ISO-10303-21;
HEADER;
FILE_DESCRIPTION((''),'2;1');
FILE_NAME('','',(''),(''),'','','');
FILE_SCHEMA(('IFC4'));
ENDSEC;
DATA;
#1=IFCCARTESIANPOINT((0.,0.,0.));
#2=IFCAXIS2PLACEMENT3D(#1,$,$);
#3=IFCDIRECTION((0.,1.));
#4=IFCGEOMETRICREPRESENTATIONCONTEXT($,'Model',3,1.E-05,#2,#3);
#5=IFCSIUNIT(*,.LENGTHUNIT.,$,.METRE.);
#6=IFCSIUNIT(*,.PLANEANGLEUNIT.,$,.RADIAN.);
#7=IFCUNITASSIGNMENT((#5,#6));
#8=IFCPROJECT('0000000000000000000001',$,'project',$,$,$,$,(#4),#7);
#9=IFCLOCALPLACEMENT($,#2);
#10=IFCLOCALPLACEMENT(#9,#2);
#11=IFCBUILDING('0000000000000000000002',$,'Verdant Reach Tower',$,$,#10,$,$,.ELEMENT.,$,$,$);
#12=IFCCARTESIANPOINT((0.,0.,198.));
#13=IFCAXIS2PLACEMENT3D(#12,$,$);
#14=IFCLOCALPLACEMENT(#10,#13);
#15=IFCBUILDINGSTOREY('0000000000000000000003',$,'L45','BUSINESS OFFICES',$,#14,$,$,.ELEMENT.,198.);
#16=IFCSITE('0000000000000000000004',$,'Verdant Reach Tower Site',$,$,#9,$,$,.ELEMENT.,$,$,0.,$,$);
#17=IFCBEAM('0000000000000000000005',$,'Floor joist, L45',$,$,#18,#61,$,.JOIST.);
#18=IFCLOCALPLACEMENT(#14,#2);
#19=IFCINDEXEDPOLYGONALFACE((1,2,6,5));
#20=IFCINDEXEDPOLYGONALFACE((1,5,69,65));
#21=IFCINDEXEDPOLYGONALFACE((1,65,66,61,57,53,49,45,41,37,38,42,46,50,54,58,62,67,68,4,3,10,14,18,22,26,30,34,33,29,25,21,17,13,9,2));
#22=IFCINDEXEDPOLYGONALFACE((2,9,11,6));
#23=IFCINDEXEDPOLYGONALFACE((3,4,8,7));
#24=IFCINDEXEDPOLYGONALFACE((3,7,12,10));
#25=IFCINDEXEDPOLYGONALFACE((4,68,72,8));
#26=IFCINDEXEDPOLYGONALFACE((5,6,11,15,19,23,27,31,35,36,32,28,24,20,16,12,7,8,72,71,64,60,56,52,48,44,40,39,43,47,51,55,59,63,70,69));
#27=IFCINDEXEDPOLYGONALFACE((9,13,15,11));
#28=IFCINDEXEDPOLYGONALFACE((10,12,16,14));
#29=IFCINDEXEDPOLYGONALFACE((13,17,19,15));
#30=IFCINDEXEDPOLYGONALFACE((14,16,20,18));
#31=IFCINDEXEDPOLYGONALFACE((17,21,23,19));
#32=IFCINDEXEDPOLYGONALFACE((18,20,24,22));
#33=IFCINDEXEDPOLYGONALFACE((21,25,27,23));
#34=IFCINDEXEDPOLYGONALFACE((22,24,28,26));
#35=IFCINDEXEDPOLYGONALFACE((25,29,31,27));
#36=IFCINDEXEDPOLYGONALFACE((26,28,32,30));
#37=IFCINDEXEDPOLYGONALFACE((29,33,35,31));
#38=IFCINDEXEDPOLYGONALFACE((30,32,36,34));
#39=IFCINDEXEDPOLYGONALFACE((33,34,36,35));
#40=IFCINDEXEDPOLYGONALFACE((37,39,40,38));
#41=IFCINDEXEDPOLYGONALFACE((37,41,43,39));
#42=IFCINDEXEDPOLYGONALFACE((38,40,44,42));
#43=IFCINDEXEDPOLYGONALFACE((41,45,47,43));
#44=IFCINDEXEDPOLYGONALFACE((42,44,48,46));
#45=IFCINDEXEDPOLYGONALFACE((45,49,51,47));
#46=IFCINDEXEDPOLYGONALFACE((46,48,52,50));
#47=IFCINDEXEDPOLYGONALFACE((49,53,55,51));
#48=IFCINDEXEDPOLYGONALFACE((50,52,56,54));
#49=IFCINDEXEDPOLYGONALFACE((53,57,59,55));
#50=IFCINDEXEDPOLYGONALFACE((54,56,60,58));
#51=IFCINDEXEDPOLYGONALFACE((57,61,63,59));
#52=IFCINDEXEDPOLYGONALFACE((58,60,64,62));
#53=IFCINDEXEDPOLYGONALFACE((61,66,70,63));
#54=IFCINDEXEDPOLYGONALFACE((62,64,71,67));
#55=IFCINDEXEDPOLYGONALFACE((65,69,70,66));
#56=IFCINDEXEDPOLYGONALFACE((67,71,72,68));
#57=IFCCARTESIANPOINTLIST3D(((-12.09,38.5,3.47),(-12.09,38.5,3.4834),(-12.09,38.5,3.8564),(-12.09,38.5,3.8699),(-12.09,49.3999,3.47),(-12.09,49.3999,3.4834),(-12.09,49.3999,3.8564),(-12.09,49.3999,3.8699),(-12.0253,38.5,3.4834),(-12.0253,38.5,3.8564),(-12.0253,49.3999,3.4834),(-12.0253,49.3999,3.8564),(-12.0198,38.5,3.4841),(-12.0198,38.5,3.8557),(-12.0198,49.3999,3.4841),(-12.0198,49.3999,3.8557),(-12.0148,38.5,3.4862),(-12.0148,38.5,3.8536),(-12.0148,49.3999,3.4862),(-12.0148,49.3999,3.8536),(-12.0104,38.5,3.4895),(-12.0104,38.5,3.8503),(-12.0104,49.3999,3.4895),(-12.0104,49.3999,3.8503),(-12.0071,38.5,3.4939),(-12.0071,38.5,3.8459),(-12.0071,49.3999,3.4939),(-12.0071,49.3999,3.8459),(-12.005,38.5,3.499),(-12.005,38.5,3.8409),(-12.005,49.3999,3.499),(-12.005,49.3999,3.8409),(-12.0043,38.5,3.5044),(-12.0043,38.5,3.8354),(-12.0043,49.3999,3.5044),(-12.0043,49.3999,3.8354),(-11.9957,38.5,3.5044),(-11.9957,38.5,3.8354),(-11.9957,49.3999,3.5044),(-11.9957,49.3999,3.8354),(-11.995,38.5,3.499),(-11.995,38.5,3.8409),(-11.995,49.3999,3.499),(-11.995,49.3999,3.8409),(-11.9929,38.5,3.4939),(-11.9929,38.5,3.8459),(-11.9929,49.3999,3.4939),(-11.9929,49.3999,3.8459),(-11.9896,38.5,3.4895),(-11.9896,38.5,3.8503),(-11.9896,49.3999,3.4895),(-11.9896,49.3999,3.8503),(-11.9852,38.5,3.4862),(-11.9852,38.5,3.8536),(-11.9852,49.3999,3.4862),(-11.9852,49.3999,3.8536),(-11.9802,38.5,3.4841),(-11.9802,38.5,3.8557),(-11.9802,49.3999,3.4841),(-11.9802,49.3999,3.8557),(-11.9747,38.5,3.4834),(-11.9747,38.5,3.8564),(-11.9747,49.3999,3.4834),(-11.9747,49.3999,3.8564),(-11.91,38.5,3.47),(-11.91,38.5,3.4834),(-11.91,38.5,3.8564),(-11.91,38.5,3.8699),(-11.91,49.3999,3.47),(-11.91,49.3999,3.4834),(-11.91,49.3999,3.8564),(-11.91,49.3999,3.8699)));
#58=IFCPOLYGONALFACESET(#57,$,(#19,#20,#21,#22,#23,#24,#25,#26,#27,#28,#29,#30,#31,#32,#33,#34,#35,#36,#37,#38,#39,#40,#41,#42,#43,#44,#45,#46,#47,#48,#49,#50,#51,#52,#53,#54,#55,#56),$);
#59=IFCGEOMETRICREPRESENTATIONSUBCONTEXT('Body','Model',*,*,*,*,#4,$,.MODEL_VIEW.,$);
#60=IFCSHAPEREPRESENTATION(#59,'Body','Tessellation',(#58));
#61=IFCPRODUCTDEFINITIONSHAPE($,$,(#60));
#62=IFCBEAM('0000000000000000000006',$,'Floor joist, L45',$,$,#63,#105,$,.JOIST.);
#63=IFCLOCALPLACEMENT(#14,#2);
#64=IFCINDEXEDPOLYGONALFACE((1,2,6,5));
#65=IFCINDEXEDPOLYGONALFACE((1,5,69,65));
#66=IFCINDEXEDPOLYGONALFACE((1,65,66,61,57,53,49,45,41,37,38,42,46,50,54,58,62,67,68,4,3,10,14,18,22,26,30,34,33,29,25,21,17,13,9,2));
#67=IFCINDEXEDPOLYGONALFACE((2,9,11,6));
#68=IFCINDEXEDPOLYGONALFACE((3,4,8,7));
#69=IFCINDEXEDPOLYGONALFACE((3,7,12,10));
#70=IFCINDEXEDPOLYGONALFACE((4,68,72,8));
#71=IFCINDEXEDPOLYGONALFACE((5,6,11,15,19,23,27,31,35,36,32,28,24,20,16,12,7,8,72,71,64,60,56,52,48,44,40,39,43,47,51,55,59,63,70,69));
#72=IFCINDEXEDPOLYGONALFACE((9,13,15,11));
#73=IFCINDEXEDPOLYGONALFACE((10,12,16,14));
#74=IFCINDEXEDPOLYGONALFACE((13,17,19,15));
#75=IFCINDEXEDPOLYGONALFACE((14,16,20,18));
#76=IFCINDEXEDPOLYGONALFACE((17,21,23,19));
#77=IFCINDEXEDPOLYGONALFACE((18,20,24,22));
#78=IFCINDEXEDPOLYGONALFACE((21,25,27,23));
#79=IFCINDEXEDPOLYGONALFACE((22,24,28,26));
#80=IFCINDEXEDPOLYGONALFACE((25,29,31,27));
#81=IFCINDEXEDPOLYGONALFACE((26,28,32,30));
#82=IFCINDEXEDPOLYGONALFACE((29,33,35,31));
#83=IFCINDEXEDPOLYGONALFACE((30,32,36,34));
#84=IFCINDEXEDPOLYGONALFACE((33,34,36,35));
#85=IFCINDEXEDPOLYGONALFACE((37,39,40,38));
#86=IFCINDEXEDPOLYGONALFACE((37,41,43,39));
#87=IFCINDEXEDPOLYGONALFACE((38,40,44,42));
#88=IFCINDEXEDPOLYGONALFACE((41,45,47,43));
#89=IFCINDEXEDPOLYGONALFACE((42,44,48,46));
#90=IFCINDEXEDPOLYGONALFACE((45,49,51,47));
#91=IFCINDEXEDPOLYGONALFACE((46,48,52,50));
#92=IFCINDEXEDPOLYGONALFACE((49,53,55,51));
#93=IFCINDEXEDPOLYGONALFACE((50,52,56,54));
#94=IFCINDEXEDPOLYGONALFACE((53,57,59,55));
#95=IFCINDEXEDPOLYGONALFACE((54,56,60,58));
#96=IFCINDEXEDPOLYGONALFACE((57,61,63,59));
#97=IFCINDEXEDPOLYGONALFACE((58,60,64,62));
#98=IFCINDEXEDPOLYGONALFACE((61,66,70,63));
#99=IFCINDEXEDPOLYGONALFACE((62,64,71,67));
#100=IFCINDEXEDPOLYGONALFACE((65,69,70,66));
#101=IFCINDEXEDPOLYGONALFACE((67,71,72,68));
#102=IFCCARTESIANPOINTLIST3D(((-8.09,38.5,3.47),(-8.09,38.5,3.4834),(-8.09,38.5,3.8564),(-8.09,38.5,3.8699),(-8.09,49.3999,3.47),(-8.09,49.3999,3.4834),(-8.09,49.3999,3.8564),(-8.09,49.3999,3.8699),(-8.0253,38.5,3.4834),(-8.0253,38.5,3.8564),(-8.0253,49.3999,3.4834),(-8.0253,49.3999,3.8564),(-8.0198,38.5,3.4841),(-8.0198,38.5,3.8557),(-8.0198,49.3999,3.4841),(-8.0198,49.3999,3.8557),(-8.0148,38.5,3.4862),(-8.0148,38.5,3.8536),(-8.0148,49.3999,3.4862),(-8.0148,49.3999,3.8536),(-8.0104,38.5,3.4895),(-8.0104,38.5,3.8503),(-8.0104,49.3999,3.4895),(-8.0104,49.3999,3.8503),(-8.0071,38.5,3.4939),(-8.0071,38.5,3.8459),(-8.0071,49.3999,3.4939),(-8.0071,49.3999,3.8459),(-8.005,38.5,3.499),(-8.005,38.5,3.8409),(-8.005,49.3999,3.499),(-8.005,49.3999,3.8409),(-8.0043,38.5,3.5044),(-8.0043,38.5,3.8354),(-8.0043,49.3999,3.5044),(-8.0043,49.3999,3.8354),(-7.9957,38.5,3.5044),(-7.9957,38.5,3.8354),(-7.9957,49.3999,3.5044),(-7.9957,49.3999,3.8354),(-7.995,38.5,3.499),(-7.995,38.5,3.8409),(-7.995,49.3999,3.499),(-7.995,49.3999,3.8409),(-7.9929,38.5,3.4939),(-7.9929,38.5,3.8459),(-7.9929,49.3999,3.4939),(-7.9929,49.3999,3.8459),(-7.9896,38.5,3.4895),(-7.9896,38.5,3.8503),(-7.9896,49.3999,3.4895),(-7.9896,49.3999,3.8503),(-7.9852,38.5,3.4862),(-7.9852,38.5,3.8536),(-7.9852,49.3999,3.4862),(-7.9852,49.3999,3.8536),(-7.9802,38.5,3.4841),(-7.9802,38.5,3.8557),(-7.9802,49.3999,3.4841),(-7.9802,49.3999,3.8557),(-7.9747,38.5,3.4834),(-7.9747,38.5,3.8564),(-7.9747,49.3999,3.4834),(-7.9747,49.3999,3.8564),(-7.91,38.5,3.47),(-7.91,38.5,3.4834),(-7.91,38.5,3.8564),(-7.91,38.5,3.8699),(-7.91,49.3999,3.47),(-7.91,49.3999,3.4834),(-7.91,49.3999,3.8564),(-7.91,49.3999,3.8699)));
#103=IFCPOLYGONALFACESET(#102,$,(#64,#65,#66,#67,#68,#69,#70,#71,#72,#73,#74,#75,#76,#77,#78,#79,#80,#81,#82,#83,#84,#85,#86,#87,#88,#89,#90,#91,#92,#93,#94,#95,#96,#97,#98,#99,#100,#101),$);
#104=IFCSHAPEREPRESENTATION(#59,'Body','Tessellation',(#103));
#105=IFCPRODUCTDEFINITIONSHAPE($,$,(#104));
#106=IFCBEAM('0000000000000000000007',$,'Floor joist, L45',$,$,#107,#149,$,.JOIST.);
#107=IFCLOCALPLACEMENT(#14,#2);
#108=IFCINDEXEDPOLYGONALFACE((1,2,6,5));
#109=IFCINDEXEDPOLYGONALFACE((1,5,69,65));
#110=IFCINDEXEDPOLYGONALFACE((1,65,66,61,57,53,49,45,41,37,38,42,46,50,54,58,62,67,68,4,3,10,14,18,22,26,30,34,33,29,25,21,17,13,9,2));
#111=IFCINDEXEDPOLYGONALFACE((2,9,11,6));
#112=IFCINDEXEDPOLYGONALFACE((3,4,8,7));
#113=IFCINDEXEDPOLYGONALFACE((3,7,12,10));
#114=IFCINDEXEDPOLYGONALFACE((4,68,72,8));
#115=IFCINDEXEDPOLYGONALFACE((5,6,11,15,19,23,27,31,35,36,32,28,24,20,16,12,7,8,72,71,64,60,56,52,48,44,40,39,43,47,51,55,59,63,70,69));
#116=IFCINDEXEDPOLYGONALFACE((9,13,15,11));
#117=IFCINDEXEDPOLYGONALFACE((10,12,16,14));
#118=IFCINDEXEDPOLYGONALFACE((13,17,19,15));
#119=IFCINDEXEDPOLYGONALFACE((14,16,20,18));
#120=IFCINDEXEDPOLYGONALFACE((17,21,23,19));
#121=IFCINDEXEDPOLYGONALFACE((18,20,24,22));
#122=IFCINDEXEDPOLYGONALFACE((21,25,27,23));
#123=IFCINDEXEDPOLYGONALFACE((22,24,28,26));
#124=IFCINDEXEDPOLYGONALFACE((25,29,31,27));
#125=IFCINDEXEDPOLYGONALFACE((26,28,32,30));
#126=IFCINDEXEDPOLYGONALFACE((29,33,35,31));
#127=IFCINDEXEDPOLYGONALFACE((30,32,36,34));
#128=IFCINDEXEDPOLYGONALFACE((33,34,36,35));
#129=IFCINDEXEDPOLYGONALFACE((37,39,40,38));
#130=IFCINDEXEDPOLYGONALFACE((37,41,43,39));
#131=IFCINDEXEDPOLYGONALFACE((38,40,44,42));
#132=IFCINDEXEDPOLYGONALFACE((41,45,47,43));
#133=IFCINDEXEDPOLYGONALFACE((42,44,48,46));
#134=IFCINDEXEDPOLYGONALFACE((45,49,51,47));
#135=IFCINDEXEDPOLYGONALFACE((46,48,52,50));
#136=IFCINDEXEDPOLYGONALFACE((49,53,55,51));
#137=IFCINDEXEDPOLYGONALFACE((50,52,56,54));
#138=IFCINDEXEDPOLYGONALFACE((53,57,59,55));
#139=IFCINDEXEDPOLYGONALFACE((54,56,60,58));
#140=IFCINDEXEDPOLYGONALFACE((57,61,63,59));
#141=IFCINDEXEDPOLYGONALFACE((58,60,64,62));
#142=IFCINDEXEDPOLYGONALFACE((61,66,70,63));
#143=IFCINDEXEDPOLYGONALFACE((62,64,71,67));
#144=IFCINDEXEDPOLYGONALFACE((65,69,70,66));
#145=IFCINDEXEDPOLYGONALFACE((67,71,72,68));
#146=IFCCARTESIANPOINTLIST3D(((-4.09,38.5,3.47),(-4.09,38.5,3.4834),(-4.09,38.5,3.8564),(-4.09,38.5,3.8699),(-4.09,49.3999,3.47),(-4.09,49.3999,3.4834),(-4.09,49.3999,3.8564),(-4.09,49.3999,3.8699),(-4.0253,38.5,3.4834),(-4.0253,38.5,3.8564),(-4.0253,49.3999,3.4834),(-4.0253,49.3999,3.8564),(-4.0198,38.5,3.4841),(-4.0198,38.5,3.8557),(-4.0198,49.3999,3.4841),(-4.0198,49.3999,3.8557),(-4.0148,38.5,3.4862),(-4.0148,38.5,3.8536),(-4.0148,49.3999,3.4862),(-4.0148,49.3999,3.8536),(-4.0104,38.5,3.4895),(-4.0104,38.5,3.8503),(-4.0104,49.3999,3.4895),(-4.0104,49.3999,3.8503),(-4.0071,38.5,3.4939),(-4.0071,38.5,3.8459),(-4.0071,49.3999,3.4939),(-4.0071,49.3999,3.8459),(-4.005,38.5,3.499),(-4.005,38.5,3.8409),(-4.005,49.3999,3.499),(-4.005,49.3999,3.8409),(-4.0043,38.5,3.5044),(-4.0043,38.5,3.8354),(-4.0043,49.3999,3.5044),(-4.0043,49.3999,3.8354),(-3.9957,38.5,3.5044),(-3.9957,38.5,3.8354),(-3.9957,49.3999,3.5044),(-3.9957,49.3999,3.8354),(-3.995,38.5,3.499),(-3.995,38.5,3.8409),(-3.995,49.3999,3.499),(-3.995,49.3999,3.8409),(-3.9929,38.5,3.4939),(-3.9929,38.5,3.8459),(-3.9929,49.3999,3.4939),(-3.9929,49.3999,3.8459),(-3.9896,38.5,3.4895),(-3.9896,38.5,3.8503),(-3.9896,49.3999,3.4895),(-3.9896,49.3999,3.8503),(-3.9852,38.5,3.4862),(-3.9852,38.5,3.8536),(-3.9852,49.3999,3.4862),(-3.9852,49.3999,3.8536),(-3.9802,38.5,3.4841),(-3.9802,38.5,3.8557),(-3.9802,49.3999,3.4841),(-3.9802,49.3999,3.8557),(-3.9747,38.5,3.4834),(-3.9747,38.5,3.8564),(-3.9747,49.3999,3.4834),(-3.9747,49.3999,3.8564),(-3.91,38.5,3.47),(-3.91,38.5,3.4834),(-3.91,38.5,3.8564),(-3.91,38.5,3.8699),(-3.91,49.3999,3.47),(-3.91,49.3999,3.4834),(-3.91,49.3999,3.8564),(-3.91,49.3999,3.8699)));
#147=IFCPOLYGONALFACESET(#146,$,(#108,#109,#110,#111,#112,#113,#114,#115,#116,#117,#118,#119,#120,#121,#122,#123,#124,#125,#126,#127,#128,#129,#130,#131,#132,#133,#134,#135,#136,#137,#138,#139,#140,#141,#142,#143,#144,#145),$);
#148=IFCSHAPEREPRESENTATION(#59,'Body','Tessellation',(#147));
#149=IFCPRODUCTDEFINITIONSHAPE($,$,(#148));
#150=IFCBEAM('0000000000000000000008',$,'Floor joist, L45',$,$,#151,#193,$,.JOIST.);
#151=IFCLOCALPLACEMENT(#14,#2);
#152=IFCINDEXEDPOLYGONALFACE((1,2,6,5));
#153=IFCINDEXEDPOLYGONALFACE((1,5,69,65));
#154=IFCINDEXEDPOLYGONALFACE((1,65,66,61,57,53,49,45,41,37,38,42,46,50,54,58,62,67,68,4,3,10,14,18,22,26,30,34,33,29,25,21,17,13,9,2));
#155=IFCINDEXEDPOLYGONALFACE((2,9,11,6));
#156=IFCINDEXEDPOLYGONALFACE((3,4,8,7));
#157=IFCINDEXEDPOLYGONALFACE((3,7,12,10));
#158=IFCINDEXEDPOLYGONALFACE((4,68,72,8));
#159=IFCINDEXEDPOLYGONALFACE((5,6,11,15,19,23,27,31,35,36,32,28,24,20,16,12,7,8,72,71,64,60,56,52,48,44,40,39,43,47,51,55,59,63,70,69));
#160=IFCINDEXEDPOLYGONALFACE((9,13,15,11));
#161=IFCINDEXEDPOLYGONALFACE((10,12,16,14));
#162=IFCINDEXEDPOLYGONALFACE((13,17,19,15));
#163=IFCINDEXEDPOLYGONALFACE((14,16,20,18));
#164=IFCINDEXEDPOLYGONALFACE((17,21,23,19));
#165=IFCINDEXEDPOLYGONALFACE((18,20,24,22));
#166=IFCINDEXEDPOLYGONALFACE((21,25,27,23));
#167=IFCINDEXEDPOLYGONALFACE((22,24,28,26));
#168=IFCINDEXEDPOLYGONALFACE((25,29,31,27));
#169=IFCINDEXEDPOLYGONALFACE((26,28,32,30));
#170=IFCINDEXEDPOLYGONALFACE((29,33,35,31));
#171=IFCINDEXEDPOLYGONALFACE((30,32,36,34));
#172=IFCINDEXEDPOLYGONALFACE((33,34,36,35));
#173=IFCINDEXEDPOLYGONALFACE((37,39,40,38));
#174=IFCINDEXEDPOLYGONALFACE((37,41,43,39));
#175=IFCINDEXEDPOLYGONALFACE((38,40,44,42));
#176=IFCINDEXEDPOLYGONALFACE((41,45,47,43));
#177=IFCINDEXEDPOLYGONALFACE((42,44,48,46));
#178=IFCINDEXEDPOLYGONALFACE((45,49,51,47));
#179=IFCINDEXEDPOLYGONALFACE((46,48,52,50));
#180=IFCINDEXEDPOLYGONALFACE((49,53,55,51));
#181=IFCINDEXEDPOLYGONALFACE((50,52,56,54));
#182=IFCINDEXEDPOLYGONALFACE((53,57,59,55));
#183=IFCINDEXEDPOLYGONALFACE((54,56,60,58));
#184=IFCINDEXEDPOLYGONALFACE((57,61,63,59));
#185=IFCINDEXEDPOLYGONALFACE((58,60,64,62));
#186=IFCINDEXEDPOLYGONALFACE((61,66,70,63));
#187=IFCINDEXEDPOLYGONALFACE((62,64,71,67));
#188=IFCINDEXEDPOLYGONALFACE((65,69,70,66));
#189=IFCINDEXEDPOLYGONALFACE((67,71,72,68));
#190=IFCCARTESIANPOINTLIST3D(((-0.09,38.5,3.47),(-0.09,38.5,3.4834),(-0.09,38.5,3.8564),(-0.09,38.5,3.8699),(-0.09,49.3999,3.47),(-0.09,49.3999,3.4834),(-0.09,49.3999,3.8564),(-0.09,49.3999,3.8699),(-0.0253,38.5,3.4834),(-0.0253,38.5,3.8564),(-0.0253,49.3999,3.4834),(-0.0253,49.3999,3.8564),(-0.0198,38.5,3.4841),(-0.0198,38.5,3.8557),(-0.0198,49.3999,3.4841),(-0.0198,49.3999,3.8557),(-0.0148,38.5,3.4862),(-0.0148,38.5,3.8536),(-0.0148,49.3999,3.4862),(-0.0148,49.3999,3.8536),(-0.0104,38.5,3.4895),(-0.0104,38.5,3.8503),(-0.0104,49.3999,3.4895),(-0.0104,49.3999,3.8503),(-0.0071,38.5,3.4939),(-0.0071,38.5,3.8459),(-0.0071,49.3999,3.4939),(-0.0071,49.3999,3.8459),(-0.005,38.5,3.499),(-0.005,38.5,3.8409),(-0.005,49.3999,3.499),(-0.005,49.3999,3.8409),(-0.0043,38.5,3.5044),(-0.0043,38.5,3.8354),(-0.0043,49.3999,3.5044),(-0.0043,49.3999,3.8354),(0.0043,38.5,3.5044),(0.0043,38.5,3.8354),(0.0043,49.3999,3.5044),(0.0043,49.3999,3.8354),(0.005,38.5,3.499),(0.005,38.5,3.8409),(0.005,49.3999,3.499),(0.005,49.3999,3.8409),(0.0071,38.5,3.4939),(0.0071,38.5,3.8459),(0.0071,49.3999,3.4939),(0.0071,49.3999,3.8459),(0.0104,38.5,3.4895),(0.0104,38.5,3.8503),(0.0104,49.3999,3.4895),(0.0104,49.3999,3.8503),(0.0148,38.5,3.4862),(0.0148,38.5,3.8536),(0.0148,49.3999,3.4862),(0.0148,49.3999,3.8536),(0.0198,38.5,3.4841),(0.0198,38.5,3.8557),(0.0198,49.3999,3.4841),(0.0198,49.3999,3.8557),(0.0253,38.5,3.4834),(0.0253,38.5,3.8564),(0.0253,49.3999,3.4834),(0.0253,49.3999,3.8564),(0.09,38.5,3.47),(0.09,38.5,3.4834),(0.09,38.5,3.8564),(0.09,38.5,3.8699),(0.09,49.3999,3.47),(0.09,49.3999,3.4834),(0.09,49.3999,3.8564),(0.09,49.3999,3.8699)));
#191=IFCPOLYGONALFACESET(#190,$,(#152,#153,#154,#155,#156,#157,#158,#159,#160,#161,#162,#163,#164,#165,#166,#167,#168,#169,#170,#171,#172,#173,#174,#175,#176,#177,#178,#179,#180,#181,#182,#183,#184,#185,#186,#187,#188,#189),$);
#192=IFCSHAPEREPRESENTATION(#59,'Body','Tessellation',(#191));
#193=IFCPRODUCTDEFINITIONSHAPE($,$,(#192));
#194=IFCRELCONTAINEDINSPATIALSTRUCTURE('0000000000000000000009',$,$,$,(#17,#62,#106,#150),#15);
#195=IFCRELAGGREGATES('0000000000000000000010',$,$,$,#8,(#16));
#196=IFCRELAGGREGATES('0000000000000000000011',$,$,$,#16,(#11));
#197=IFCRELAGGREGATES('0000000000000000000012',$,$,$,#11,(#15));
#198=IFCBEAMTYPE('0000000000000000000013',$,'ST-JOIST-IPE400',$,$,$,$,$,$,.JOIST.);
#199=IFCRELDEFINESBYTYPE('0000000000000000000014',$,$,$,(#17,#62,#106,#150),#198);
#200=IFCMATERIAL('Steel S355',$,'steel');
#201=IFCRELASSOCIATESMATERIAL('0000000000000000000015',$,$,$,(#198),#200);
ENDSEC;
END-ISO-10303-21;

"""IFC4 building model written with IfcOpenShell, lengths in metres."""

from ifc_helpers import new_model, si_unit, direction, frame, origin, origin_2d, place, context, subcontext, project, spatial, i_section, extrude, material, material_profile, profile_set, type_object, element, save


model = new_model("IFC4")

# Units and contexts
model_context = context("Model", 3, precision=1e-05, world=origin(), true_north=direction((0.0, 1.0)))
body_context = subcontext(model_context, "Body", "Model", "MODEL_VIEW")
ifc_project = project(units=[si_unit("LENGTHUNIT", "METRE"), si_unit("PLANEANGLEUNIT", "RADIAN")], contexts=[model_context])

# Site, building, storey
site_placement = place(None, origin())
site = spatial("IfcSite", under=ifc_project, at=site_placement, Name="Verdant Reach Tower Site", CompositionType="ELEMENT", RefElevation=0.0)
building_placement = place(site_placement, origin())
building = spatial("IfcBuilding", under=site, at=building_placement, Name="Verdant Reach Tower", CompositionType="ELEMENT")
storey_placement = place(building_placement, frame((0.0, 0.0, 198.0)))
storey = spatial("IfcBuildingStorey", under=building, at=storey_placement, Name="L45", Description="BUSINESS OFFICES", CompositionType="ELEMENT", Elevation=198.0)

# Beams
ifc_material_1 = material(Name="Steel S355", Category="steel")
ifc_material_profile_1 = material_profile(ifc_material_1, i_section(OverallWidth=0.1799, OverallDepth=0.3999, WebThickness=0.0085, FlangeThickness=0.0134, FilletRadius=0.021, at=origin_2d()), Name="IPE 400")
ifc_profile_set_1 = profile_set([ifc_material_profile_1], Name="Steel S355")
beam_type_1 = type_object("IfcBeamType", Name="ST-JOIST-IPE400", PredefinedType="JOIST", material=ifc_profile_set_1)
for number, where, z_axis, x_axis, name in (
    (1, (-12.0, 38.5, 3.6699), (0.0, 1.0, 0.0), (-1.0, 0.0, 0.0), "Floor joist, L45"),
    (2, (-8.0, 38.5, 3.6699), (0.0, 1.0, 0.0), (-1.0, 0.0, 0.0), "Floor joist, L45"),
    (3, (-4.0, 38.5, 3.6699), (0.0, 1.0, 0.0), (-1.0, 0.0, 0.0), "Floor joist, L45"),
    (4, (0.0, 38.5, 3.6699), (0.0, 1.0, 0.0), (-1.0, 0.0, 0.0), "Floor joist, L45"),
):
    element("IfcBeam", number, at=place(storey_placement, frame(where, z_axis=z_axis, x_axis=x_axis)), inside=storey, type_object=beam_type_1, Name=name, PredefinedType="JOIST", context=body_context, shape_type="SweptSolid", body=[
        extrude(i_section(OverallWidth=0.1799, OverallDepth=0.3999, WebThickness=0.0085, FlangeThickness=0.0134, FilletRadius=0.021, at=origin_2d()), origin(), (0.0, 0.0, 1.0), 10.8999),
    ])

save(model, "model.ifc")
